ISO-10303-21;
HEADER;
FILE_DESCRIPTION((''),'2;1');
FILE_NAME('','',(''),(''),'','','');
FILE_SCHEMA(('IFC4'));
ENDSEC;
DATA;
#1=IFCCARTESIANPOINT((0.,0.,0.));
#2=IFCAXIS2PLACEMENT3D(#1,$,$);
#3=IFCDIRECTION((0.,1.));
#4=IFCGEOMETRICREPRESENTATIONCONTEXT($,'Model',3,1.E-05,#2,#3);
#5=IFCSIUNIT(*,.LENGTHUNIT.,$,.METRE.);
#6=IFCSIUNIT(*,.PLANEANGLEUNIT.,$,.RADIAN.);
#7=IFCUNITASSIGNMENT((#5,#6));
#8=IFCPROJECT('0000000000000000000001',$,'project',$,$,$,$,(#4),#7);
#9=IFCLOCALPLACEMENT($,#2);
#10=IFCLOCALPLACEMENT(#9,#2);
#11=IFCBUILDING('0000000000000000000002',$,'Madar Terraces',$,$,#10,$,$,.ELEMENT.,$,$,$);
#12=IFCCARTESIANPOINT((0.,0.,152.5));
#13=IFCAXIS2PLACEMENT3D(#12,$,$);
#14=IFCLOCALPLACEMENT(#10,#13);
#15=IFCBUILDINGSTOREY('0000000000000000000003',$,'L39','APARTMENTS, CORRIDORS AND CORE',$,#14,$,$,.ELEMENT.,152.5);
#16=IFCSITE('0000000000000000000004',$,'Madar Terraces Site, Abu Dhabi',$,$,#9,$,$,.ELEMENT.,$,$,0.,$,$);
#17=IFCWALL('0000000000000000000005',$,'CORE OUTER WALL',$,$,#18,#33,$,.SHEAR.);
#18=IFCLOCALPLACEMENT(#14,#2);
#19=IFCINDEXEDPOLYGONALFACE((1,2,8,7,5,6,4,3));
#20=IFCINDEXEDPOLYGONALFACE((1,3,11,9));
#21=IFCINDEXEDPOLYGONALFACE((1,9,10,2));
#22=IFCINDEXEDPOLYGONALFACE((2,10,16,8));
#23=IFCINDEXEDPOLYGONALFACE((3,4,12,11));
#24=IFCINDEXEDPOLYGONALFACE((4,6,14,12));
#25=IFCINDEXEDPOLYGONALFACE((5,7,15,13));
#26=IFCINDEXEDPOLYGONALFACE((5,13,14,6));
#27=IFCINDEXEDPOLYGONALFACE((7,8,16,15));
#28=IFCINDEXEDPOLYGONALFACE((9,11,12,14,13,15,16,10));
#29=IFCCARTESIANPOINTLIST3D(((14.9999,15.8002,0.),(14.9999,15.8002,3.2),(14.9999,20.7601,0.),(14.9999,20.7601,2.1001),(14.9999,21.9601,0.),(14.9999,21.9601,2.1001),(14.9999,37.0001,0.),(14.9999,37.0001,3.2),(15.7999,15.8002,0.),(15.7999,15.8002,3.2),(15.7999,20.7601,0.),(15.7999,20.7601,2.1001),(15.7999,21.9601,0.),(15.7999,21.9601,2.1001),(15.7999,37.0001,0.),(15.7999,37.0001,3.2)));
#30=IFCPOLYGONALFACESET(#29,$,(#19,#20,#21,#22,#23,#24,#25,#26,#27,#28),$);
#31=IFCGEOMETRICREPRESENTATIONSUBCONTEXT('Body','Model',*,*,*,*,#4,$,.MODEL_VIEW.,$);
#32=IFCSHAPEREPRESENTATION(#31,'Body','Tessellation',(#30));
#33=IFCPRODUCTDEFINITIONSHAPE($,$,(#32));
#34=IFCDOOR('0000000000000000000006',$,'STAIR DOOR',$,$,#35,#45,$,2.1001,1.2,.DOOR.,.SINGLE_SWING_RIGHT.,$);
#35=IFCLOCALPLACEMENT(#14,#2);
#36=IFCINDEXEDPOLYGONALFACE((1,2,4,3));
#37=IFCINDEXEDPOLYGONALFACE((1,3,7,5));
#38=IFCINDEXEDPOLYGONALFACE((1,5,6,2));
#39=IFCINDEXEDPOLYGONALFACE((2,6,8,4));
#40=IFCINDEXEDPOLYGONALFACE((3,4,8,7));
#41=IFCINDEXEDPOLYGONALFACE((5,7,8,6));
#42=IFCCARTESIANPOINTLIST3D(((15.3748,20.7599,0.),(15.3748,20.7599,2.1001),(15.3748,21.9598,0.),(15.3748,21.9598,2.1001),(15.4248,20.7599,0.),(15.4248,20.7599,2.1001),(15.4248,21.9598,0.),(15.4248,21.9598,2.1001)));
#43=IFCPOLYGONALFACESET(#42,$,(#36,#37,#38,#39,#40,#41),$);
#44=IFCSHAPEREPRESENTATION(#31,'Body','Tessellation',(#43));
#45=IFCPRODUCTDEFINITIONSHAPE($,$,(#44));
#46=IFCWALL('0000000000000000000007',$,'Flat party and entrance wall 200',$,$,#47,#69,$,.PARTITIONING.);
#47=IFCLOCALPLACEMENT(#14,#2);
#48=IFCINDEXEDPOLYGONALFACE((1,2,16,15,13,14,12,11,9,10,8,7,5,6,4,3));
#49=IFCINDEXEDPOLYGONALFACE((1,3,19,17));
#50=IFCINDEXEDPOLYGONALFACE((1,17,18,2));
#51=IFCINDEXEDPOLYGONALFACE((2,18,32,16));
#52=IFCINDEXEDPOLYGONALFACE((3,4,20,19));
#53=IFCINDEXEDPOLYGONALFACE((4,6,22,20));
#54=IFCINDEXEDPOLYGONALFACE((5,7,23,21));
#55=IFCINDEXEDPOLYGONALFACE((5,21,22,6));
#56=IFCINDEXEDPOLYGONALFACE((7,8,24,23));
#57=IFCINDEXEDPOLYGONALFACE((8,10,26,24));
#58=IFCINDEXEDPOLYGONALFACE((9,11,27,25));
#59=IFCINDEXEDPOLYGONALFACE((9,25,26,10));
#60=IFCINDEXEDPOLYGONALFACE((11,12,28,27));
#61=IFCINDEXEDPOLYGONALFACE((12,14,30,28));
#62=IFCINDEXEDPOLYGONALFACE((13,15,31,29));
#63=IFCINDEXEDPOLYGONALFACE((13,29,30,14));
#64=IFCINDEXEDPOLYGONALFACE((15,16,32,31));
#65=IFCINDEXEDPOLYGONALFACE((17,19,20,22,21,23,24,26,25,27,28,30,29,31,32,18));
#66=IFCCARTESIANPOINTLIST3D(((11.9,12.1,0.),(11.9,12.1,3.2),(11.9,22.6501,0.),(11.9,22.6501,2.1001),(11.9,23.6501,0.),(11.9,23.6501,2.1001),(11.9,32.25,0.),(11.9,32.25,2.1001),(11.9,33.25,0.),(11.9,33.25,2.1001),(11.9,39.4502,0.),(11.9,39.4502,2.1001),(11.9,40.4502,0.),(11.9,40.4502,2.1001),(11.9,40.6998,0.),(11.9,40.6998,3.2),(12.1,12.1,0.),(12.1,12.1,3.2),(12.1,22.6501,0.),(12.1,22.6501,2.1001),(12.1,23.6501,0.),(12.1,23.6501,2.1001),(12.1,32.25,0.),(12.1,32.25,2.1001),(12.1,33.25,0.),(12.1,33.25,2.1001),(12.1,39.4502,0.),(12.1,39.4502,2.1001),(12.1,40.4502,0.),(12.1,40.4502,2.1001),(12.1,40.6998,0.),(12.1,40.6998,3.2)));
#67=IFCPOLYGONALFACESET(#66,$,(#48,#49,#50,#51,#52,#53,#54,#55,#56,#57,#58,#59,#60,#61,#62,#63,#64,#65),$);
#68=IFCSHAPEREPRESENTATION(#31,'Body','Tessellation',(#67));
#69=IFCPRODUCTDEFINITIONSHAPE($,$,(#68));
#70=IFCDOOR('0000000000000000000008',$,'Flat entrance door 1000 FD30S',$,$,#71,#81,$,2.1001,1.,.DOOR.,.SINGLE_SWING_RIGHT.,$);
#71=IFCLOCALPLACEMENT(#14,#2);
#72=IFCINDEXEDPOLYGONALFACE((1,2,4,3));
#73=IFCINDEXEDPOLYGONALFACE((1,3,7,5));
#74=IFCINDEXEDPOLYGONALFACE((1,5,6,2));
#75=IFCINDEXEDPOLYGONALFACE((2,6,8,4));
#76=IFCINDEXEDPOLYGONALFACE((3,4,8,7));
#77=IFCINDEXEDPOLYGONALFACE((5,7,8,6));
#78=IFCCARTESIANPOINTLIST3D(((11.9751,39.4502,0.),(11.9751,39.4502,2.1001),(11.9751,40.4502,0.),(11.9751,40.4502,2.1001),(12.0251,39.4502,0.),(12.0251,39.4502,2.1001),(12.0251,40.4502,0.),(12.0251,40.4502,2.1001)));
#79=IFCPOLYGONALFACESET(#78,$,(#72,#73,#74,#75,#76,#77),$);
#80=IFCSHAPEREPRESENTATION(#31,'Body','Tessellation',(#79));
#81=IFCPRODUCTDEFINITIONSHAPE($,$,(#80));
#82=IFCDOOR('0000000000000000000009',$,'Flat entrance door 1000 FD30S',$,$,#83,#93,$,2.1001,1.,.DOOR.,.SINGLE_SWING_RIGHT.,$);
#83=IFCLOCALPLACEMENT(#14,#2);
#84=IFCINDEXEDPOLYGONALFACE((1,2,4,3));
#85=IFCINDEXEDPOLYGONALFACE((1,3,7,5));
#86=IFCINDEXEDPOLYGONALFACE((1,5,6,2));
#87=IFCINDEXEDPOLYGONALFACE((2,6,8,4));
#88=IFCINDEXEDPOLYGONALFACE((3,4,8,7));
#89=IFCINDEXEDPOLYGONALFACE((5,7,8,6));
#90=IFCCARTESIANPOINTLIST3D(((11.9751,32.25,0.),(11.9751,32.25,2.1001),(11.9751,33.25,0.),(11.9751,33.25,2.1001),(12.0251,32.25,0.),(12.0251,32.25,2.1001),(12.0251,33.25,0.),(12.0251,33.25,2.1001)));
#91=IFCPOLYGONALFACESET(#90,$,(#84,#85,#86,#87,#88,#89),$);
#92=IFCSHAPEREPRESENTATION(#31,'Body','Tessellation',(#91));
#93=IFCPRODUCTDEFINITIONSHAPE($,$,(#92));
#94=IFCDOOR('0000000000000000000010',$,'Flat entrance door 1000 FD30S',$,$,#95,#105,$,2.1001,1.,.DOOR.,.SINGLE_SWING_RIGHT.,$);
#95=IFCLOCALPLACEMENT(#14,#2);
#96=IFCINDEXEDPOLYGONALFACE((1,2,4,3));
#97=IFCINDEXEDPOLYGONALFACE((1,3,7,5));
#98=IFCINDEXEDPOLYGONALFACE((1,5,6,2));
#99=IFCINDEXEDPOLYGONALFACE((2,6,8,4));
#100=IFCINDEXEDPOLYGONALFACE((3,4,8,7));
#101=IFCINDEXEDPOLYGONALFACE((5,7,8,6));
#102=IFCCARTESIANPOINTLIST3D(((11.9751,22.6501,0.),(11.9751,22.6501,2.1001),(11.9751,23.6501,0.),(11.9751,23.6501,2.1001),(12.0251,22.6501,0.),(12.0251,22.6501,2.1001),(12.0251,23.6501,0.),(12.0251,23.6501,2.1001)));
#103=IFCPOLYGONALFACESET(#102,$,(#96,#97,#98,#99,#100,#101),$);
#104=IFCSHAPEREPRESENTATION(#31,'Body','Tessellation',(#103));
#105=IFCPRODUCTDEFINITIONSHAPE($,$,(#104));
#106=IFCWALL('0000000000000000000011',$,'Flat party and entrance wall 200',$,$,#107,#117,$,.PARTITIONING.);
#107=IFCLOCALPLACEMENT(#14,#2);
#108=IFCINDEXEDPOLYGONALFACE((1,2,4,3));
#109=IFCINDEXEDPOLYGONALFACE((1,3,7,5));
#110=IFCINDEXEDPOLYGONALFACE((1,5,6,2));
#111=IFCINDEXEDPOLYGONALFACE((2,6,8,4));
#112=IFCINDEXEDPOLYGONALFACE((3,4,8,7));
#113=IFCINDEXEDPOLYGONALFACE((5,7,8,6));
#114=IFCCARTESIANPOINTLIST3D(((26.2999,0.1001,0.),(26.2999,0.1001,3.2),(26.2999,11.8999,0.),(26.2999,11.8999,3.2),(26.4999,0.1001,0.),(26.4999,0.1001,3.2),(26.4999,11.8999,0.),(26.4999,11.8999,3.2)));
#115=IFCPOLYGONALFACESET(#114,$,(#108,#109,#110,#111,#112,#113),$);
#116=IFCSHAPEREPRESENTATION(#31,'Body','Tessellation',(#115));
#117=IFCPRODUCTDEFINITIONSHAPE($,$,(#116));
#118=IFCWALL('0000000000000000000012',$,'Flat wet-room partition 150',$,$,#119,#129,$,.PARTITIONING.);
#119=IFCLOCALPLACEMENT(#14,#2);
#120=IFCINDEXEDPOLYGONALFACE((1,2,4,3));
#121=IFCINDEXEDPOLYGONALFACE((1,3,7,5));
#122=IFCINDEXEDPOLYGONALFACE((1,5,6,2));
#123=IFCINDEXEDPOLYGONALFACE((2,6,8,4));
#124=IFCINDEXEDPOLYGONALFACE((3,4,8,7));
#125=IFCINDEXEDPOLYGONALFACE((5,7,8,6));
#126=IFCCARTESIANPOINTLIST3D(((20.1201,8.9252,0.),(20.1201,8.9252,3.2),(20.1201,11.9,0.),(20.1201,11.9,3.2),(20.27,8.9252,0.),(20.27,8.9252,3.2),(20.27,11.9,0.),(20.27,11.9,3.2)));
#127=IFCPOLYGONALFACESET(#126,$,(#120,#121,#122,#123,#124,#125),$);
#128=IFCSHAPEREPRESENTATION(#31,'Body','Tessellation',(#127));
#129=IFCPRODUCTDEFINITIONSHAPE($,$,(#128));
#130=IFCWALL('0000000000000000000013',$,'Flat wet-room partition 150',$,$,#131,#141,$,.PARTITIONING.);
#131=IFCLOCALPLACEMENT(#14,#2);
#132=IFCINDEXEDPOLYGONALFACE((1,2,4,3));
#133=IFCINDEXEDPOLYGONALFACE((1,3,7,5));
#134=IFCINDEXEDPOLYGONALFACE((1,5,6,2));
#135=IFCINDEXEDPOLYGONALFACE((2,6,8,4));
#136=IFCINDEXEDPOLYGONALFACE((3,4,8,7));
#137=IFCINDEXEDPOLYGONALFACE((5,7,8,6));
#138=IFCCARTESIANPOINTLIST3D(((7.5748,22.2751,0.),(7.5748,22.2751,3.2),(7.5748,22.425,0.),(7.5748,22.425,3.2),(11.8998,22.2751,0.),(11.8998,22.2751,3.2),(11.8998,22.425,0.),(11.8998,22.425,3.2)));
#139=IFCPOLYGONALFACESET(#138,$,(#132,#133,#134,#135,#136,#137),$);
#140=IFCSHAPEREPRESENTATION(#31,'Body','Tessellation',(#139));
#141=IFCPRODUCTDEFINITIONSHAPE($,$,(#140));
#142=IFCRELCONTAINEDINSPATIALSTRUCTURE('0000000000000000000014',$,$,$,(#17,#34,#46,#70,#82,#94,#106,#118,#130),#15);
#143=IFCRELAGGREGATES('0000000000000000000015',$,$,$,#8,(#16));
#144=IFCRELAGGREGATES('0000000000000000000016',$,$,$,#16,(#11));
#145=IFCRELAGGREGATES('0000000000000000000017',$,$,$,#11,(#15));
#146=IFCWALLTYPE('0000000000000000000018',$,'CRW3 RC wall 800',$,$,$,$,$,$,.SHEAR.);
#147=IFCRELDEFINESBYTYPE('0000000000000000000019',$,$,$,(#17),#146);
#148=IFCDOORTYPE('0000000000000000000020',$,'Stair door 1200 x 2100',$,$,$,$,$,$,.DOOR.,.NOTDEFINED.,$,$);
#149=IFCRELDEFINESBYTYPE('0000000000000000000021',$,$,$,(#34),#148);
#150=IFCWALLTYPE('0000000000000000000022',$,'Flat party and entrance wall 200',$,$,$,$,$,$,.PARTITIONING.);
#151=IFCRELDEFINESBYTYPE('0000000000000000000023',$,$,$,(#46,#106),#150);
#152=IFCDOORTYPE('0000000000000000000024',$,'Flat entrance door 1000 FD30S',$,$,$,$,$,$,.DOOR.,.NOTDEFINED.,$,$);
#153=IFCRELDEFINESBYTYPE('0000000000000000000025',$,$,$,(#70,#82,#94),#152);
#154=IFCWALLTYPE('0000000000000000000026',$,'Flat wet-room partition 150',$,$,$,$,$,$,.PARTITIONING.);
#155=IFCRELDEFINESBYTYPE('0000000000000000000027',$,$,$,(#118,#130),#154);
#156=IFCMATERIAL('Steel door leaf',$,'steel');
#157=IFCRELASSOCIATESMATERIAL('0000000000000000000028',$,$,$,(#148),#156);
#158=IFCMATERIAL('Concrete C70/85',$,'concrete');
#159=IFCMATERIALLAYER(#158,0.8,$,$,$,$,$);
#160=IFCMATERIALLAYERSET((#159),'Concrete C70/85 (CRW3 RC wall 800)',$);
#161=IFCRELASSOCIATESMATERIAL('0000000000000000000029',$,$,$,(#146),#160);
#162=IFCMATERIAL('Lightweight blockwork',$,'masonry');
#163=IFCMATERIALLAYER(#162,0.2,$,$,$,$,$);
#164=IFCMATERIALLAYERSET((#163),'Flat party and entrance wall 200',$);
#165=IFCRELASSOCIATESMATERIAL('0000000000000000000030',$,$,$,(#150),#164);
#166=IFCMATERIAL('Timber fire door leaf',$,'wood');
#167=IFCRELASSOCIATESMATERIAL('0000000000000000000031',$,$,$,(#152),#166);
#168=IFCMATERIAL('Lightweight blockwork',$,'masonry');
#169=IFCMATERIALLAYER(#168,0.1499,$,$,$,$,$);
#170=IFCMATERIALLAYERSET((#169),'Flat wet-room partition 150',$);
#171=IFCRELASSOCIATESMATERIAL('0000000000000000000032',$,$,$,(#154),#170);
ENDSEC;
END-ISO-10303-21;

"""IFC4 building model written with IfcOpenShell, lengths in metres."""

from ifc_helpers import new_model, si_unit, direction, frame, frame_2d, origin, place, context, subcontext, project, spatial, rectangle, extrude, material, layer, layer_set, type_object, element, fill, save


model = new_model("IFC4")

# Units and contexts
model_context = context("Model", 3, precision=1e-05, world=origin(), true_north=direction((0.0, 1.0)))
body_context = subcontext(model_context, "Body", "Model", "MODEL_VIEW")
ifc_project = project(units=[si_unit("LENGTHUNIT", "METRE"), si_unit("PLANEANGLEUNIT", "RADIAN")], contexts=[model_context])

# Site, building, storey
site_placement = place(None, origin())
site = spatial("IfcSite", under=ifc_project, at=site_placement, Name="Madar Terraces Site, Abu Dhabi", CompositionType="ELEMENT", RefElevation=0.0)
building_placement = place(site_placement, origin())
building = spatial("IfcBuilding", under=site, at=building_placement, Name="Madar Terraces", CompositionType="ELEMENT")
storey_placement = place(building_placement, frame((0.0, 0.0, 152.5)))
storey = spatial("IfcBuildingStorey", under=building, at=storey_placement, Name="L39", Description="APARTMENTS, CORRIDORS AND CORE", CompositionType="ELEMENT", Elevation=152.5)

# Shared definitions
ifc_material_1 = material(Name="Steel door leaf", Category="steel")
door_type_1 = type_object("IfcDoorType", Name="Stair door 1200 x 2100", OperationType="NOTDEFINED", PredefinedType="DOOR", material=ifc_material_1)

# Wall, opening, door
ifc_material_2 = material(Name="Concrete C70/85", Category="concrete")
ifc_layer_1 = layer(ifc_material_2, 0.8)
ifc_layer_set_1 = layer_set([ifc_layer_1], Name="Concrete C70/85 (CRW3 RC wall 800)")
wall_type_1 = type_object("IfcWallType", Name="CRW3 RC wall 800", PredefinedType="SHEAR", material=ifc_layer_set_1)
wall_1_placement = place(storey_placement, frame((15.3999, 15.8, 0.0), z_axis=(0.0, 0.0, 1.0), x_axis=(0.0, 1.0, 0.0)))
wall_1 = element("IfcWall", 1, at=wall_1_placement, inside=storey, type_object=wall_type_1, Name="CORE OUTER WALL", PredefinedType="SHEAR", context=body_context, shape_type="SweptSolid", body=[
    extrude(rectangle(XDim=21.2, YDim=0.8, at=frame_2d((10.6001, 0.0))), origin(), (0.0, 0.0, 1.0), 3.2),
])
opening_1_placement = place(wall_1_placement, frame((4.96, 0.0, 0.0)))
opening_1 = element("IfcOpeningElement", 2, at=opening_1_placement, cuts=wall_1, PredefinedType="OPENING", context=body_context, shape_type="SweptSolid", body=[
    extrude(rectangle(XDim=1.2, YDim=2.1001, at=frame_2d((0.6001, 1.05))), frame((0.0, 0.4099, 0.0), z_axis=(0.0, -1.0, 0.0), x_axis=(1.0, 0.0, 0.0)), (0.0, 0.0, 1.0), 0.8201),
])
door_1_placement = place(opening_1_placement, frame((1.2, 0.0, 0.0), z_axis=(0.0, 0.0, 1.0), x_axis=(-1.0, 0.0, 0.0)))
door_1 = element("IfcDoor", 3, at=door_1_placement, inside=storey, type_object=door_type_1, Name="STAIR DOOR", OperationType="SINGLE_SWING_RIGHT", OverallHeight=2.1001, OverallWidth=1.2, PredefinedType="DOOR", context=body_context, shape_type="SweptSolid", body=[
    extrude(rectangle(XDim=1.2, YDim=2.1001, at=frame_2d((0.6001, 1.05))), frame((0.0, 0.0249, 0.0), z_axis=(0.0, -1.0, 0.0), x_axis=(1.0, 0.0, 0.0)), (0.0, 0.0, 1.0), 0.05),
])
fill(opening_1, door_1)

# Wall, openings, doors
ifc_material_3 = material(Name="Lightweight blockwork", Category="masonry")
ifc_layer_2 = layer(ifc_material_3, 0.2)
ifc_layer_set_2 = layer_set([ifc_layer_2], Name="Flat party and entrance wall 200")
wall_type_2 = type_object("IfcWallType", Name="Flat party and entrance wall 200", PredefinedType="PARTITIONING", material=ifc_layer_set_2)
wall_2_placement = place(storey_placement, frame((12.0, 12.1001, 0.0), z_axis=(0.0, 0.0, 1.0), x_axis=(0.0, 1.0, 0.0)))
wall_2 = element("IfcWall", 4, at=wall_2_placement, inside=storey, type_object=wall_type_2, Name="Flat party and entrance wall 200", PredefinedType="PARTITIONING", context=body_context, shape_type="SweptSolid", body=[
    extrude(rectangle(XDim=28.5999, YDim=0.2, at=frame_2d((14.2998, 0.0))), origin(), (0.0, 0.0, 1.0), 3.2),
])
opening_2_placement = place(wall_2_placement, frame((27.3501, 0.0, 0.0)))
opening_2 = element("IfcOpeningElement", 5, at=opening_2_placement, cuts=wall_2, PredefinedType="OPENING", context=body_context, shape_type="SweptSolid", body=[
    extrude(rectangle(XDim=1.0, YDim=2.1001, at=frame_2d((0.5, 1.05))), frame((0.0, 0.1099, 0.0), z_axis=(0.0, -1.0, 0.0), x_axis=(1.0, 0.0, 0.0)), (0.0, 0.0, 1.0), 0.22),
])
opening_3_placement = place(wall_2_placement, frame((20.1499, 0.0, 0.0)))
opening_3 = element("IfcOpeningElement", 6, at=opening_3_placement, cuts=wall_2, PredefinedType="OPENING", context=body_context, shape_type="SweptSolid", body=[
    extrude(rectangle(XDim=1.0, YDim=2.1001, at=frame_2d((0.5, 1.05))), frame((0.0, 0.1099, 0.0), z_axis=(0.0, -1.0, 0.0), x_axis=(1.0, 0.0, 0.0)), (0.0, 0.0, 1.0), 0.22),
])
opening_4_placement = place(wall_2_placement, frame((10.55, 0.0, 0.0)))
opening_4 = element("IfcOpeningElement", 7, at=opening_4_placement, cuts=wall_2, PredefinedType="OPENING", context=body_context, shape_type="SweptSolid", body=[
    extrude(rectangle(XDim=1.0, YDim=2.1001, at=frame_2d((0.5, 1.05))), frame((0.0, 0.1099, 0.0), z_axis=(0.0, -1.0, 0.0), x_axis=(1.0, 0.0, 0.0)), (0.0, 0.0, 1.0), 0.22),
])
ifc_material_4 = material(Name="Timber fire door leaf", Category="wood")
door_type_2 = type_object("IfcDoorType", Name="Flat entrance door 1000 FD30S", OperationType="NOTDEFINED", PredefinedType="DOOR", material=ifc_material_4)
door_2_placement = place(opening_2_placement, origin())
door_2 = element("IfcDoor", 8, at=door_2_placement, inside=storey, type_object=door_type_2, Name="Flat entrance door 1000 FD30S", OperationType="SINGLE_SWING_RIGHT", OverallHeight=2.1001, OverallWidth=1.0, PredefinedType="DOOR", context=body_context, shape_type="SweptSolid", body=[
    extrude(rectangle(XDim=1.0, YDim=2.1001, at=frame_2d((0.5, 1.05))), frame((0.0, 0.0249, 0.0), z_axis=(0.0, -1.0, 0.0), x_axis=(1.0, 0.0, 0.0)), (0.0, 0.0, 1.0), 0.05),
])
fill(opening_2, door_2)
door_3_placement = place(opening_3_placement, origin())
door_3 = element("IfcDoor", 9, at=door_3_placement, inside=storey, type_object=door_type_2, Name="Flat entrance door 1000 FD30S", OperationType="SINGLE_SWING_RIGHT", OverallHeight=2.1001, OverallWidth=1.0, PredefinedType="DOOR", context=body_context, shape_type="SweptSolid", body=[
    extrude(rectangle(XDim=1.0, YDim=2.1001, at=frame_2d((0.5, 1.05))), frame((0.0, 0.0249, 0.0), z_axis=(0.0, -1.0, 0.0), x_axis=(1.0, 0.0, 0.0)), (0.0, 0.0, 1.0), 0.05),
])
fill(opening_3, door_3)
door_4_placement = place(opening_4_placement, origin())
door_4 = element("IfcDoor", 10, at=door_4_placement, inside=storey, type_object=door_type_2, Name="Flat entrance door 1000 FD30S", OperationType="SINGLE_SWING_RIGHT", OverallHeight=2.1001, OverallWidth=1.0, PredefinedType="DOOR", context=body_context, shape_type="SweptSolid", body=[
    extrude(rectangle(XDim=1.0, YDim=2.1001, at=frame_2d((0.5, 1.05))), frame((0.0, 0.0249, 0.0), z_axis=(0.0, -1.0, 0.0), x_axis=(1.0, 0.0, 0.0)), (0.0, 0.0, 1.0), 0.05),
])
fill(opening_4, door_4)

# Walls
wall_3_placement = place(storey_placement, frame((26.3999, 11.8999, 0.0), z_axis=(0.0, 0.0, 1.0), x_axis=(0.0, -1.0, 0.0)))
element("IfcWall", 11, at=wall_3_placement, inside=storey, type_object=wall_type_2, Name="Flat party and entrance wall 200", PredefinedType="PARTITIONING", context=body_context, shape_type="SweptSolid", body=[
    extrude(rectangle(XDim=11.7998, YDim=0.2, at=frame_2d((5.8999, 0.0))), origin(), (0.0, 0.0, 1.0), 3.2),
])
ifc_material_5 = material(Name="Lightweight blockwork", Category="masonry")
ifc_layer_3 = layer(ifc_material_5, 0.1499)
ifc_layer_set_3 = layer_set([ifc_layer_3], Name="Flat wet-room partition 150")
wall_type_3 = type_object("IfcWallType", Name="Flat wet-room partition 150", PredefinedType="PARTITIONING", material=ifc_layer_set_3)
wall_4_placement = place(storey_placement, frame((20.1951, 11.8999, 0.0), z_axis=(0.0, 0.0, 1.0), x_axis=(0.0, -1.0, 0.0)))
element("IfcWall", 12, at=wall_4_placement, inside=storey, type_object=wall_type_3, Name="Flat wet-room partition 150", PredefinedType="PARTITIONING", context=body_context, shape_type="SweptSolid", body=[
    extrude(rectangle(XDim=2.9749, YDim=0.1499, at=frame_2d((1.4873, 0.0))), origin(), (0.0, 0.0, 1.0), 3.2),
])
wall_5_placement = place(storey_placement, frame((11.8999, 22.3501, 0.0), z_axis=(0.0, 0.0, 1.0), x_axis=(-1.0, 0.0, 0.0)))
element("IfcWall", 13, at=wall_5_placement, inside=storey, type_object=wall_type_3, Name="Flat wet-room partition 150", PredefinedType="PARTITIONING", context=body_context, shape_type="SweptSolid", body=[
    extrude(rectangle(XDim=4.325, YDim=0.1499, at=frame_2d((2.1626, 0.0))), origin(), (0.0, 0.0, 1.0), 3.2),
])

save(model, "model.ifc")
